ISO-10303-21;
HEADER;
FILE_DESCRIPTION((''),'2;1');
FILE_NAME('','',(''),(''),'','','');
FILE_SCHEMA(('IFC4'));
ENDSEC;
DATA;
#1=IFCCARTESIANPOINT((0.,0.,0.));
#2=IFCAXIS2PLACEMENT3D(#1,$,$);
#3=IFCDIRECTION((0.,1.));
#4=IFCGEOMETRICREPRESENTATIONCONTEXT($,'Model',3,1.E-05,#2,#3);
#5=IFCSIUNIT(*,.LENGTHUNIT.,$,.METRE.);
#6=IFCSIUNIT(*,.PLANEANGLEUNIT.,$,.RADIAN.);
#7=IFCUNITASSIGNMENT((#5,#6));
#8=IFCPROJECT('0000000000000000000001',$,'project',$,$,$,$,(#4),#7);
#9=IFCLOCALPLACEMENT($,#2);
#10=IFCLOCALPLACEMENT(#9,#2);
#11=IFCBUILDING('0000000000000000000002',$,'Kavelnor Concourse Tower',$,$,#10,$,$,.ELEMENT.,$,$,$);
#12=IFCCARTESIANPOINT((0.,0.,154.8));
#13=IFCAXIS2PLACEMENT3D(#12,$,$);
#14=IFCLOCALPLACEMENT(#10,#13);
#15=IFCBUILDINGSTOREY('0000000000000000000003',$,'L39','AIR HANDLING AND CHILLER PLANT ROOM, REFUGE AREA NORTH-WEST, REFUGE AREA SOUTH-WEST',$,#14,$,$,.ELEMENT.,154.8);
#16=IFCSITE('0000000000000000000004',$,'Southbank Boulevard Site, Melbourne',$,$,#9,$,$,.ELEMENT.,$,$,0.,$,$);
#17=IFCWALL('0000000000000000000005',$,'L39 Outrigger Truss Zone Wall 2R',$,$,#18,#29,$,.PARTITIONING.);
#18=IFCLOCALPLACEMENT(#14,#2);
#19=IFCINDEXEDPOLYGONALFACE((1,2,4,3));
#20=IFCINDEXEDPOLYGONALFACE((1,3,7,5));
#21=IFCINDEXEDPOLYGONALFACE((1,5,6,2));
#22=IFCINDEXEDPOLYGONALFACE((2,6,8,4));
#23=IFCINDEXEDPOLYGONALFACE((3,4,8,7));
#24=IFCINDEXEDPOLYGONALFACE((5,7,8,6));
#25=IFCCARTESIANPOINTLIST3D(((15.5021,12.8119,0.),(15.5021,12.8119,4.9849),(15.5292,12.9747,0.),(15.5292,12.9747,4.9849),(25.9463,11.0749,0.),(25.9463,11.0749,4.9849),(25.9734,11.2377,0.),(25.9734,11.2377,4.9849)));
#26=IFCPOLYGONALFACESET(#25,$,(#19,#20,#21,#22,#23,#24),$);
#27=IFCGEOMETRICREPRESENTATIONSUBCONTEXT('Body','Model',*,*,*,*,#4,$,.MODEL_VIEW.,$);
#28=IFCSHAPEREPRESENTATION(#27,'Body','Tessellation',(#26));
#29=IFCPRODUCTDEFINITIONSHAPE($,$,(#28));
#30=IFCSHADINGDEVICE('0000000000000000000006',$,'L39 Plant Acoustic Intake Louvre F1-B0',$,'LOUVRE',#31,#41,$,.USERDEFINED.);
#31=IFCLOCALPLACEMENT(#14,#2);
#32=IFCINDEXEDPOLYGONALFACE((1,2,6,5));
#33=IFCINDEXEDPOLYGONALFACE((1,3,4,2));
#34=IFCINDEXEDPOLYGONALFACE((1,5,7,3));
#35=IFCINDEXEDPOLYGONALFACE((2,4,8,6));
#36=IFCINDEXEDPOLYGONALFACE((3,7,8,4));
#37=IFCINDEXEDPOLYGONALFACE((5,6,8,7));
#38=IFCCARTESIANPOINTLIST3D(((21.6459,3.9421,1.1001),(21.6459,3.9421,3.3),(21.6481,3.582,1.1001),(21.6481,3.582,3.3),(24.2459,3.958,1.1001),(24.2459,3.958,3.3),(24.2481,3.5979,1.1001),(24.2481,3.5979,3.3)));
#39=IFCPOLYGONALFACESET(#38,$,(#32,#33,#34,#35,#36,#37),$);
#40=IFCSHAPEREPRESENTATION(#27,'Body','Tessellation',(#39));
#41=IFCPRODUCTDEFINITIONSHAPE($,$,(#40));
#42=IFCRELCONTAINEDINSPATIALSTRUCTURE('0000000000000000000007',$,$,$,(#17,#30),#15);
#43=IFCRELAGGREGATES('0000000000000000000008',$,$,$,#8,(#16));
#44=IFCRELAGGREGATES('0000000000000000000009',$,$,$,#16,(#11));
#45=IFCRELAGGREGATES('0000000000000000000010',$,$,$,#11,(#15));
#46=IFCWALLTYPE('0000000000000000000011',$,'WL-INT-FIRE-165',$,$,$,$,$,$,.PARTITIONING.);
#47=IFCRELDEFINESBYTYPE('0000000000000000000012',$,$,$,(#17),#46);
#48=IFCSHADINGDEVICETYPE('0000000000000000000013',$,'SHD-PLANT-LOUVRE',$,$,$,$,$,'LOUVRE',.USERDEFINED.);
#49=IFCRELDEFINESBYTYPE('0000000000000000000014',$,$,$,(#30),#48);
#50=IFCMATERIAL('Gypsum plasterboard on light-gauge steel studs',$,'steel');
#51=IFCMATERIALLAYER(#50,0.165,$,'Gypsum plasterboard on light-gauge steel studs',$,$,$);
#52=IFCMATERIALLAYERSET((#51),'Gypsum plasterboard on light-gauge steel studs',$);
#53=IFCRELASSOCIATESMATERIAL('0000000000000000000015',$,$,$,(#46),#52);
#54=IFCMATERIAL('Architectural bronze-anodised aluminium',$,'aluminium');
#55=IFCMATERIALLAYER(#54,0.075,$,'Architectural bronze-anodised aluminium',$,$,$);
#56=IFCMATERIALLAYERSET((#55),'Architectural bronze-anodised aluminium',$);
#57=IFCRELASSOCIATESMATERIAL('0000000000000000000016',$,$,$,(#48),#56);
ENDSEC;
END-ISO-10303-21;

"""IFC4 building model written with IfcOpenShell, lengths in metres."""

from ifc_helpers import new_model, si_unit, direction, frame, frame_2d, origin, origin_2d, place, context, subcontext, project, spatial, rectangle, extrude, material, layer, layer_set, type_object, element, save


model = new_model("IFC4")

# Units and contexts
model_context = context("Model", 3, precision=1e-05, world=origin(), true_north=direction((0.0, 1.0)))
body_context = subcontext(model_context, "Body", "Model", "MODEL_VIEW")
ifc_project = project(units=[si_unit("LENGTHUNIT", "METRE"), si_unit("PLANEANGLEUNIT", "RADIAN")], contexts=[model_context])

# Site, building, storey
site_placement = place(None, origin())
site = spatial("IfcSite", under=ifc_project, at=site_placement, Name="Southbank Boulevard Site, Melbourne", CompositionType="ELEMENT", RefElevation=0.0)
building_placement = place(site_placement, origin())
building = spatial("IfcBuilding", under=site, at=building_placement, Name="Kavelnor Concourse Tower", CompositionType="ELEMENT")
storey_placement = place(building_placement, frame((0.0, 0.0, 154.8)))
storey = spatial("IfcBuildingStorey", under=building, at=storey_placement, Name="L39", Description="AIR HANDLING AND CHILLER PLANT ROOM, REFUGE AREA NORTH-WEST, REFUGE AREA SOUTH-WEST", CompositionType="ELEMENT", Elevation=154.8)

# Shared definitions
ifc_material_1 = material(Name="Gypsum plasterboard on light-gauge steel studs", Category="steel")
ifc_layer_1 = layer(ifc_material_1, 0.165, Name="Gypsum plasterboard on light-gauge steel studs")
ifc_layer_set_1 = layer_set([ifc_layer_1], Name="Gypsum plasterboard on light-gauge steel studs")
wall_type = type_object("IfcWallType", Name="WL-INT-FIRE-165", PredefinedType="PARTITIONING", material=ifc_layer_set_1)

# Wall
wall_1_placement = place(storey_placement, frame((25.96, 11.1562, 0.0), z_axis=(0.0, 0.0, 1.0), x_axis=(-0.986449, 0.164066, 0.0)))
element("IfcWall", 1, at=wall_1_placement, inside=storey, type_object=wall_type, Name="L39 Outrigger Truss Zone Wall 2R", PredefinedType="PARTITIONING", context=body_context, shape_type="SweptSolid", body=[
    extrude(rectangle(XDim=10.5876, YDim=0.165, at=frame_2d((5.2939, 0.0))), origin(), (0.0, 0.0, 1.0), 4.9849),
])

# Shading device
ifc_material_2 = material(Name="Architectural bronze-anodised aluminium", Category="aluminium")
ifc_layer_2 = layer(ifc_material_2, 0.075, Name="Architectural bronze-anodised aluminium")
ifc_layer_set_2 = layer_set([ifc_layer_2], Name="Architectural bronze-anodised aluminium")
shading_device_type = type_object("IfcShadingDeviceType", Name="SHD-PLANT-LOUVRE", ElementType="LOUVRE", PredefinedType="USERDEFINED", material=ifc_layer_set_2)
shading_device_placement = place(storey_placement, frame((22.947, 3.77, 1.1001), z_axis=(0.0, 0.0, 1.0), x_axis=(-0.999981, -0.006109, 0.0)))
element("IfcShadingDevice", 2, at=shading_device_placement, inside=storey, type_object=shading_device_type, Name="L39 Plant Acoustic Intake Louvre F1-B0", ObjectType="LOUVRE", PredefinedType="USERDEFINED", context=body_context, shape_type="SweptSolid", body=[
    extrude(rectangle(XDim=2.6001, YDim=0.3601, at=origin_2d()), origin(), (0.0, 0.0, 1.0), 2.2),
])

save(model, "model.ifc")
